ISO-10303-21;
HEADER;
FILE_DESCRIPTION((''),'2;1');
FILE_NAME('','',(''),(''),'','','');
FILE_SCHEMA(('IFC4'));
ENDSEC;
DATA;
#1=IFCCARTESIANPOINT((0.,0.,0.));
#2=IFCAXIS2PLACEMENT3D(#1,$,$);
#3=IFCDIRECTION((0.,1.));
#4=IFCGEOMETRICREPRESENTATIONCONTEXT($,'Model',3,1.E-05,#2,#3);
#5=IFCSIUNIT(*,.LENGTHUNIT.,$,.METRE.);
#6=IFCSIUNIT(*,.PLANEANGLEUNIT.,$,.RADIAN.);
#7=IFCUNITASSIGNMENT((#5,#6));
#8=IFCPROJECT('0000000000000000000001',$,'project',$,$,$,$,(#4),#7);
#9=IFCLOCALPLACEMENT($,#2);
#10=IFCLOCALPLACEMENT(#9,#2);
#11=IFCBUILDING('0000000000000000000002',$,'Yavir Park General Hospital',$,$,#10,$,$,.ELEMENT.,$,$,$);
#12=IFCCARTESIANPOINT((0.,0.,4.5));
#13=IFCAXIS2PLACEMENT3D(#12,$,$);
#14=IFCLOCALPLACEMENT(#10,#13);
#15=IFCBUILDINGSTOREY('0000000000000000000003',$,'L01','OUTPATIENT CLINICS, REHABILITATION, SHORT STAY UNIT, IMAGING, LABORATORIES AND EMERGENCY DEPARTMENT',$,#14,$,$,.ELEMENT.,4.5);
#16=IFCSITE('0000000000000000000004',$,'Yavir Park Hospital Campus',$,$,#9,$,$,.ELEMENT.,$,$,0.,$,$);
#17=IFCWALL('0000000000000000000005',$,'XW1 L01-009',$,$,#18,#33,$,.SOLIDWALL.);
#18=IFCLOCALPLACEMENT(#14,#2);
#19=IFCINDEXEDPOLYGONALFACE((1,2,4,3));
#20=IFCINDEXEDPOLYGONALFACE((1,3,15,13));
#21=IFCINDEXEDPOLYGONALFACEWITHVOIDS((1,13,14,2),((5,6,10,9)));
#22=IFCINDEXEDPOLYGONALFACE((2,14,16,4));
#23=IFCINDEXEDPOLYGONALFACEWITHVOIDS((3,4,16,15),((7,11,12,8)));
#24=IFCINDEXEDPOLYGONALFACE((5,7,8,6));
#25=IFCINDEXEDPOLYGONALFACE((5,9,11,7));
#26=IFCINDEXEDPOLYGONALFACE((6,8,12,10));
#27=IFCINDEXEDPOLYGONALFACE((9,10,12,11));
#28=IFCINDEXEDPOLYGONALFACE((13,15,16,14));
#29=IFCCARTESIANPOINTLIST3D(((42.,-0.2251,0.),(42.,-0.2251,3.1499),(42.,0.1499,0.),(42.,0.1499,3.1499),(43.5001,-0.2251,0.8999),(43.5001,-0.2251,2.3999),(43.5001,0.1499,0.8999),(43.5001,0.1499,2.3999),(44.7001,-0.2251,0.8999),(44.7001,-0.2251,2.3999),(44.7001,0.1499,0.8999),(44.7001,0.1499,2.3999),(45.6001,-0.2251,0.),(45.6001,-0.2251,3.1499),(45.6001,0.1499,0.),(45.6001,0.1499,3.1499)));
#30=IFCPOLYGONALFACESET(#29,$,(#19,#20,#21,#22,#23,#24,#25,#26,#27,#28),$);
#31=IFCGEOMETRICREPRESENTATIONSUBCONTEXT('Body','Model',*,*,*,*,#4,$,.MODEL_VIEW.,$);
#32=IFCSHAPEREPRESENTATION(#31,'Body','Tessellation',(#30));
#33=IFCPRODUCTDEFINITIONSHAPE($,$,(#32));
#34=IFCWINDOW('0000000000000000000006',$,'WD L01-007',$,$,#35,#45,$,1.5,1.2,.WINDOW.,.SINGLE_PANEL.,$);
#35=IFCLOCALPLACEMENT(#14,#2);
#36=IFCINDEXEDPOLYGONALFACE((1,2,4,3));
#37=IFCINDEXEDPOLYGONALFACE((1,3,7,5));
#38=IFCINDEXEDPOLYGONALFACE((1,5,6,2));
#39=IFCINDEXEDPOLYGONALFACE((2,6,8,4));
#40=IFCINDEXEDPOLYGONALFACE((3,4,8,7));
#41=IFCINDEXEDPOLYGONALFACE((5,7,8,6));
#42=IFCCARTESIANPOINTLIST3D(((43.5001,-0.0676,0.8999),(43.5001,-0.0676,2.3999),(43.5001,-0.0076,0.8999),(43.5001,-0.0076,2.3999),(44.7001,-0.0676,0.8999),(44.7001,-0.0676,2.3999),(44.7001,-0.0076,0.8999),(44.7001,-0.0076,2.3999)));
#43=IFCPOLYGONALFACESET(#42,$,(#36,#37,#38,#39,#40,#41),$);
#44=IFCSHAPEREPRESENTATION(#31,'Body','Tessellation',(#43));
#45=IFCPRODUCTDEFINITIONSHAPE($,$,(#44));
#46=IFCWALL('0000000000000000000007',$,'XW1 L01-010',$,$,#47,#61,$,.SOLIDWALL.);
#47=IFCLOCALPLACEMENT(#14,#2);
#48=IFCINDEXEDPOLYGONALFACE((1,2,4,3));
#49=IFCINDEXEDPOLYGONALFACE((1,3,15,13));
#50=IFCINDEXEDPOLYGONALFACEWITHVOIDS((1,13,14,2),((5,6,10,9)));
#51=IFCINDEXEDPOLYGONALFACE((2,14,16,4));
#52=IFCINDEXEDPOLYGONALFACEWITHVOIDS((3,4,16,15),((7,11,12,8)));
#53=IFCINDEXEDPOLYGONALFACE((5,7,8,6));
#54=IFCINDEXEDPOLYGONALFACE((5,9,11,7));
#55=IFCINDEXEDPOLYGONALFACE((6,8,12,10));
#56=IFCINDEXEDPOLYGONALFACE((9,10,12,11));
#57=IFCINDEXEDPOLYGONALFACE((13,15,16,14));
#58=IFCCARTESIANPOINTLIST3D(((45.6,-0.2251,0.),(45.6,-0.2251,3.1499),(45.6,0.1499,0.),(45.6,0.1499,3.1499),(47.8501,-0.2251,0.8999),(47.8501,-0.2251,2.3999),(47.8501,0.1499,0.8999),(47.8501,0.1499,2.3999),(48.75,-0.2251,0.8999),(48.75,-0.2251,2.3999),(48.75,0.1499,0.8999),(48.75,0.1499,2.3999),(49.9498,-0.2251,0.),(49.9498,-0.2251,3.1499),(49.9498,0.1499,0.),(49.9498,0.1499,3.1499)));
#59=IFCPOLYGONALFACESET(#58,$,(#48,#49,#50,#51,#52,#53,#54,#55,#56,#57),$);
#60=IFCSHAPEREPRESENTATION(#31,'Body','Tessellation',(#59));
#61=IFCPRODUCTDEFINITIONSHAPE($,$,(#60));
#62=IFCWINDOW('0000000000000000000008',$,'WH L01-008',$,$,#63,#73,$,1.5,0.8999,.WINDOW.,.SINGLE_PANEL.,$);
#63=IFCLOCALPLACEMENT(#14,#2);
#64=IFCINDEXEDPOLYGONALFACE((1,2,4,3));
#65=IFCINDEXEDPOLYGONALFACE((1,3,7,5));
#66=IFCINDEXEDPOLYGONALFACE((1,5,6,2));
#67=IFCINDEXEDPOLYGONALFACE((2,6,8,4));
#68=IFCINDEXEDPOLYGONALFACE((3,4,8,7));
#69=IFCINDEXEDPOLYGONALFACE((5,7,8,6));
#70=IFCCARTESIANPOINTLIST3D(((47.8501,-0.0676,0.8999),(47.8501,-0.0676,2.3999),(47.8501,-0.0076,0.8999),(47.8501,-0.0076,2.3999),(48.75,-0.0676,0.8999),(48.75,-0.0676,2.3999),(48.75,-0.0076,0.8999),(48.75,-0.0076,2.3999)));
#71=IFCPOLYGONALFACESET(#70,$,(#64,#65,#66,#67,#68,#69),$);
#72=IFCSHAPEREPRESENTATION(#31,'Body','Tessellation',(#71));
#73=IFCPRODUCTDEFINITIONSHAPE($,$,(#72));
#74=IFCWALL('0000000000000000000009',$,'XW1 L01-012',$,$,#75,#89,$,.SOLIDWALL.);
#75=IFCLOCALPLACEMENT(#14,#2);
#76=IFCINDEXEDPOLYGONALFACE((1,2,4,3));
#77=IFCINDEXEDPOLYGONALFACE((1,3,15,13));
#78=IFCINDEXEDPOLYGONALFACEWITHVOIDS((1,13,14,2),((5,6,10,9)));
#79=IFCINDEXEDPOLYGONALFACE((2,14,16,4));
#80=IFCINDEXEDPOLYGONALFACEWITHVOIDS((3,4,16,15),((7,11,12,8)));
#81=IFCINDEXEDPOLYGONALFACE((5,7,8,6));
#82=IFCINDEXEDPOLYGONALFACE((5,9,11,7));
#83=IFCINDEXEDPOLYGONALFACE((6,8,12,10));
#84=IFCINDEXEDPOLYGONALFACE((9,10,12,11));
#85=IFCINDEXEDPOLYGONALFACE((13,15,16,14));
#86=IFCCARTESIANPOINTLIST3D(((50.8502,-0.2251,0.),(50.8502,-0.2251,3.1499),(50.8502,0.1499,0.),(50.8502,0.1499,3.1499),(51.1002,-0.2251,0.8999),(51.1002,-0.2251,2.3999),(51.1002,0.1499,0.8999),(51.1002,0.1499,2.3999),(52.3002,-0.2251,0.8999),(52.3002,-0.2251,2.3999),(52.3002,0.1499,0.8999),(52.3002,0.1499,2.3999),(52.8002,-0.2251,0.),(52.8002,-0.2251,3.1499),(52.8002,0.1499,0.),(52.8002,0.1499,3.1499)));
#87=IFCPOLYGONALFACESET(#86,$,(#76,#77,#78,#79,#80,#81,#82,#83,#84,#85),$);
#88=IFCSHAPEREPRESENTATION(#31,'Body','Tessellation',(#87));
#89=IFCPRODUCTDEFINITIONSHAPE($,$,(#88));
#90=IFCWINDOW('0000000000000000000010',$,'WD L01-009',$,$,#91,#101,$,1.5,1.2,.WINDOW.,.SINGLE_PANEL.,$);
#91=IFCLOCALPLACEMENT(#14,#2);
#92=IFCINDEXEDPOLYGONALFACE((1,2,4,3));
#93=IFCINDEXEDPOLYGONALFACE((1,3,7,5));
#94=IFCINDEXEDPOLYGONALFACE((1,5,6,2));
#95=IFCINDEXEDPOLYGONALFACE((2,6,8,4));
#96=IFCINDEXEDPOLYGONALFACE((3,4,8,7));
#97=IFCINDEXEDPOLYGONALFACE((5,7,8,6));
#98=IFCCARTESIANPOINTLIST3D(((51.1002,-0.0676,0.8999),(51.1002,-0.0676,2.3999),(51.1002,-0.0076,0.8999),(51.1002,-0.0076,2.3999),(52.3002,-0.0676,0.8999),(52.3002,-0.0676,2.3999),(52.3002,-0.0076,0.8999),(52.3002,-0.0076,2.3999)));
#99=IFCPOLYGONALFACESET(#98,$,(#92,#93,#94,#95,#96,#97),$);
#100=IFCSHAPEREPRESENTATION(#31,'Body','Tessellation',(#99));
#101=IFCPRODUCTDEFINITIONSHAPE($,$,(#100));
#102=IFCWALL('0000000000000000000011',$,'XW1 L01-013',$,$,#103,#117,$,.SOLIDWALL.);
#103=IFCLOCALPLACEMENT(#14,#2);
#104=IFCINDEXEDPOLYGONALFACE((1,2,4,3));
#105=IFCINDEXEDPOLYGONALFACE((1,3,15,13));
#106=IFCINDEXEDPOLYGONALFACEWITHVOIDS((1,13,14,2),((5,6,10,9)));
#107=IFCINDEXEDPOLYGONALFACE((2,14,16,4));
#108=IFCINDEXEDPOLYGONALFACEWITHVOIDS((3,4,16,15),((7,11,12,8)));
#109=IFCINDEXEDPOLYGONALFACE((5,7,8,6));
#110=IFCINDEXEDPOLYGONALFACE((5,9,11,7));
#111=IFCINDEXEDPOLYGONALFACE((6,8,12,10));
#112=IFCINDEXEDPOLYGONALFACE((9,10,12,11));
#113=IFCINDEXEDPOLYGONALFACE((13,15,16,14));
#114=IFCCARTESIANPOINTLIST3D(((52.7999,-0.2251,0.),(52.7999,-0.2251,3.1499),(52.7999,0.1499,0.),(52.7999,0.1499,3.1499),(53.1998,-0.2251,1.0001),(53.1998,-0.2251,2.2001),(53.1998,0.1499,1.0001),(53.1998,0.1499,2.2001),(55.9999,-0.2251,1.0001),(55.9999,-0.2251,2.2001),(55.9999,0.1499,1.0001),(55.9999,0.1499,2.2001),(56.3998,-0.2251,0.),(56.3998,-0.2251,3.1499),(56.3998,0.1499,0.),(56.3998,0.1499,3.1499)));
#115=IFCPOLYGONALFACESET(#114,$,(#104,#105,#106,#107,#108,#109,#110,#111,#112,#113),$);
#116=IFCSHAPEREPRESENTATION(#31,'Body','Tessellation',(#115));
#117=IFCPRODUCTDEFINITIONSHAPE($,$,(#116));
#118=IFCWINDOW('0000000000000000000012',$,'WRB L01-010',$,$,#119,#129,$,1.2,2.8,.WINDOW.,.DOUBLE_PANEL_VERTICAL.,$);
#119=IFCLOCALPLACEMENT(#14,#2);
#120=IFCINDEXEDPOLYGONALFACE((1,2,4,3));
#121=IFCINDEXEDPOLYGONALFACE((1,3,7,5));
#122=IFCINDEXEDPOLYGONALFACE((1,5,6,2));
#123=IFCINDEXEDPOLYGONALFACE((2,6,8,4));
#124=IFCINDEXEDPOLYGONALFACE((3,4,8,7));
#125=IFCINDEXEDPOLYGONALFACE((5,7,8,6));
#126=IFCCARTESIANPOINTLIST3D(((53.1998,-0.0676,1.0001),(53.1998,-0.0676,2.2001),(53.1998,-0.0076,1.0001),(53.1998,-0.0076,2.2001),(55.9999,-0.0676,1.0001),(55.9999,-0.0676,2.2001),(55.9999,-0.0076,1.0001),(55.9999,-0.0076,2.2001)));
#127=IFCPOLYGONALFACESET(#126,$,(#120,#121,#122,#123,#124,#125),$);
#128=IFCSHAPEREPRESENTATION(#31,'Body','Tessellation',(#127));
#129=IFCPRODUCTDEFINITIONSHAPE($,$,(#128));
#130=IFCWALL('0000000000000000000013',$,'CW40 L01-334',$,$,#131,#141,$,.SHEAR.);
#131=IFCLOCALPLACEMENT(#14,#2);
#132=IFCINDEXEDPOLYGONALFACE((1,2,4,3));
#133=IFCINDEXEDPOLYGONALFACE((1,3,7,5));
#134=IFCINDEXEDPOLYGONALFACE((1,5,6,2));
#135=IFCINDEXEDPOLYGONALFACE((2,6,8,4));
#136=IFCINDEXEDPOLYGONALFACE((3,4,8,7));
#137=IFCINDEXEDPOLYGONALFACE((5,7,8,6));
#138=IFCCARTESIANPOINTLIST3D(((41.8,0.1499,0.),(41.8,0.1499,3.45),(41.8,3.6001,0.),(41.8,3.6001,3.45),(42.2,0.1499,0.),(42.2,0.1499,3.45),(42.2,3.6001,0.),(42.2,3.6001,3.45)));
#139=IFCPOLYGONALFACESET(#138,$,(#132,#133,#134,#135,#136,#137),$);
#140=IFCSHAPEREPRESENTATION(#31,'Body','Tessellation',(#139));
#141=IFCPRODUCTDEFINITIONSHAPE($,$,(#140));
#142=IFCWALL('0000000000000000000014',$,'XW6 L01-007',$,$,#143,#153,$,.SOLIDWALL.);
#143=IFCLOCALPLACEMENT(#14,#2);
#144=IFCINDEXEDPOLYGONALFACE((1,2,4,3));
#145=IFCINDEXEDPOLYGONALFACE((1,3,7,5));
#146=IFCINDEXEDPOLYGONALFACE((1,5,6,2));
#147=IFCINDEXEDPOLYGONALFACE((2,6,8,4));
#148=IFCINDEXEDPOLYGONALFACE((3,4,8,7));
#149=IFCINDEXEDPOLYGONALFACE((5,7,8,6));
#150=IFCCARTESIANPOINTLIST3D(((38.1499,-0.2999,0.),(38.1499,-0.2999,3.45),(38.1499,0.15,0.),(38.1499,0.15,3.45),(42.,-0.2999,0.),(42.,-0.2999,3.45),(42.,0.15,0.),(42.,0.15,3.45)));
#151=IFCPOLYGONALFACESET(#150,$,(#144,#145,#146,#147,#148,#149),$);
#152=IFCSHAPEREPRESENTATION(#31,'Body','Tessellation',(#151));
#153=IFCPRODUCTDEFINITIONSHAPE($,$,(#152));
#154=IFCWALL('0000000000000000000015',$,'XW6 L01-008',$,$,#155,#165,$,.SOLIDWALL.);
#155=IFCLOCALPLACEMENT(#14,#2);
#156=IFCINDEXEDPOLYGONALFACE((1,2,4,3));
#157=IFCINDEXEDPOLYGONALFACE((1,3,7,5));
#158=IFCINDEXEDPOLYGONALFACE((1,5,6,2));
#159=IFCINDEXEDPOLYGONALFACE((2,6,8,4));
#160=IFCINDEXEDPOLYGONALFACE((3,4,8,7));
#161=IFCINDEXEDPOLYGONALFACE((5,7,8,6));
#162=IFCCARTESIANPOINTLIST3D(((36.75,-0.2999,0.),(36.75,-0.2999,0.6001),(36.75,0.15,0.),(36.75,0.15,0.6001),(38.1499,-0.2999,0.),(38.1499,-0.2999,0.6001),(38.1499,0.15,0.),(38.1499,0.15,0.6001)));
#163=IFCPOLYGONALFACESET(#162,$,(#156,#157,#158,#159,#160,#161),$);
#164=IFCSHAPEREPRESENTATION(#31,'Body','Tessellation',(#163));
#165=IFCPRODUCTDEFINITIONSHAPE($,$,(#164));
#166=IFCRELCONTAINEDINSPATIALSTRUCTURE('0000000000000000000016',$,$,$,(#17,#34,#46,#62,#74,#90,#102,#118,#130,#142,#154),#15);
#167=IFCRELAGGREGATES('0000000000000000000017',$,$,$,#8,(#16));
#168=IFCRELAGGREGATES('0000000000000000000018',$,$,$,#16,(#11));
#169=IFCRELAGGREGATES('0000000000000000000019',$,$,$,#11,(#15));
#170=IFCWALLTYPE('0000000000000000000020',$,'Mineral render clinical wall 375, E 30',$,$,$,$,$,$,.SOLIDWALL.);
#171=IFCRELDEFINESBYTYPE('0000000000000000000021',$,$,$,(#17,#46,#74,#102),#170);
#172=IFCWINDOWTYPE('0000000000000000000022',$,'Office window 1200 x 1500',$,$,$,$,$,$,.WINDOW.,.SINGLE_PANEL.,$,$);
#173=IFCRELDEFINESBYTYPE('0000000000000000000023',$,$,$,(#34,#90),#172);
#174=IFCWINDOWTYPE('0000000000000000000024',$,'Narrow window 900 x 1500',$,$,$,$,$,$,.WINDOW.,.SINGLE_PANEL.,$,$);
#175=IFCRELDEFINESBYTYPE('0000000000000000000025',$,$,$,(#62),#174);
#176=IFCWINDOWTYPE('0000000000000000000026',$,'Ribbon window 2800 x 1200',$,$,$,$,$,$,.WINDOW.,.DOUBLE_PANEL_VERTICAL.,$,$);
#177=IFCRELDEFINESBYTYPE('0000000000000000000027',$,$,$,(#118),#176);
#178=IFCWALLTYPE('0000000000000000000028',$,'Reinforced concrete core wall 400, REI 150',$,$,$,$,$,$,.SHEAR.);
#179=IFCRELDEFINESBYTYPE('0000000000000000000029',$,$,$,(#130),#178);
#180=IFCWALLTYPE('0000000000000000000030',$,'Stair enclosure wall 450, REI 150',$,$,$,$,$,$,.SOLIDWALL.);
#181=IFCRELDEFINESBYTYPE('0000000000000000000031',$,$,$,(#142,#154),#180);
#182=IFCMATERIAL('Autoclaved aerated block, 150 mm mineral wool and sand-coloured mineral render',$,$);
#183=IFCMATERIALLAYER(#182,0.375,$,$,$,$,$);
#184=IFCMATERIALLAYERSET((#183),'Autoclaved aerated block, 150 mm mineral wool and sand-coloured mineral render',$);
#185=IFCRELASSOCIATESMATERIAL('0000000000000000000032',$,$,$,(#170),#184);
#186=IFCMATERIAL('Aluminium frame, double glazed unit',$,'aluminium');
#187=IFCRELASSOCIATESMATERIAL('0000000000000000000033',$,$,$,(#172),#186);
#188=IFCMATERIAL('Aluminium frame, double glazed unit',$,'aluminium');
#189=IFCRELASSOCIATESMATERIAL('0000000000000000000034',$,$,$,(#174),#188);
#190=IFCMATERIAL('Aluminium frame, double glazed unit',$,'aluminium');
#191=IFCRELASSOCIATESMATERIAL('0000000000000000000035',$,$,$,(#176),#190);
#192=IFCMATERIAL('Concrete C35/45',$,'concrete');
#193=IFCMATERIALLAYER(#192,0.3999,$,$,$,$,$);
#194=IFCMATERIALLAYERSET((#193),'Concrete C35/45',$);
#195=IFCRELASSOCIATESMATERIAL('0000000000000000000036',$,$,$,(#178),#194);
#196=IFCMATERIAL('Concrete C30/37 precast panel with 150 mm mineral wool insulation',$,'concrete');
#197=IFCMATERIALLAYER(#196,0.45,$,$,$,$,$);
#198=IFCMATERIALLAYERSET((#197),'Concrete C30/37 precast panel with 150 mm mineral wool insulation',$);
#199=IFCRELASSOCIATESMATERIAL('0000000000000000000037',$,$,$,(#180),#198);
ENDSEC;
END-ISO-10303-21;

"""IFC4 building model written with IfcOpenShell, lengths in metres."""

from ifc_helpers import new_model, si_unit, direction, frame, frame_2d, origin, place, context, subcontext, project, spatial, rectangle, extrude, material, layer, layer_set, type_object, element, fill, save


model = new_model("IFC4")

# Units and contexts
model_context = context("Model", 3, precision=1e-05, world=origin(), true_north=direction((0.0, 1.0)))
body_context = subcontext(model_context, "Body", "Model", "MODEL_VIEW")
ifc_project = project(units=[si_unit("LENGTHUNIT", "METRE"), si_unit("PLANEANGLEUNIT", "RADIAN")], contexts=[model_context])

# Site, building, storey
site_placement = place(None, origin())
site = spatial("IfcSite", under=ifc_project, at=site_placement, Name="Yavir Park Hospital Campus", CompositionType="ELEMENT", RefElevation=0.0)
building_placement = place(site_placement, origin())
building = spatial("IfcBuilding", under=site, at=building_placement, Name="Yavir Park General Hospital", CompositionType="ELEMENT")
storey_placement = place(building_placement, frame((0.0, 0.0, 4.5)))
storey = spatial("IfcBuildingStorey", under=building, at=storey_placement, Name="L01", Description="OUTPATIENT CLINICS, REHABILITATION, SHORT STAY UNIT, IMAGING, LABORATORIES AND EMERGENCY DEPARTMENT", CompositionType="ELEMENT", Elevation=4.5)

# Walls, openings, windows
ifc_material_1 = material(Name="Autoclaved aerated block, 150 mm mineral wool and sand-coloured mineral render")
ifc_layer_1 = layer(ifc_material_1, 0.375)
ifc_layer_set_1 = layer_set([ifc_layer_1], Name="Autoclaved aerated block, 150 mm mineral wool and sand-coloured mineral render")
wall_type_1 = type_object("IfcWallType", Name="Mineral render clinical wall 375, E 30", PredefinedType="SOLIDWALL", material=ifc_layer_set_1)
wall_1_placement = place(storey_placement, frame((42.0, -0.0376, 0.0), z_axis=(0.0, 0.0, 1.0), x_axis=(1.0, 0.0, 0.0)))
wall_1 = element("IfcWall", 1, at=wall_1_placement, inside=storey, type_object=wall_type_1, Name="XW1 L01-009", PredefinedType="SOLIDWALL", context=body_context, shape_type="SweptSolid", body=[
    extrude(rectangle(XDim=3.6001, YDim=0.375, at=frame_2d((1.8, 0.0))), origin(), (0.0, 0.0, 1.0), 3.1499),
])
opening_1_placement = place(wall_1_placement, frame((1.5, 0.0, 0.8999)))
opening_1 = element("IfcOpeningElement", 2, at=opening_1_placement, cuts=wall_1, PredefinedType="OPENING", context=body_context, shape_type="SweptSolid", body=[
    extrude(rectangle(XDim=1.2, YDim=1.5, at=frame_2d((0.6001, 0.75))), frame((0.0, 0.1975, 0.0), z_axis=(0.0, -1.0, 0.0), x_axis=(1.0, 0.0, 0.0)), (0.0, 0.0, 1.0), 0.395),
])
ifc_material_2 = material(Name="Aluminium frame, double glazed unit", Category="aluminium")
window_type_1 = type_object("IfcWindowType", Name="Office window 1200 x 1500", PartitioningType="SINGLE_PANEL", PredefinedType="WINDOW", material=ifc_material_2)
window_1_placement = place(opening_1_placement, origin())
window_1 = element("IfcWindow", 3, at=window_1_placement, inside=storey, type_object=window_type_1, Name="WD L01-007", OverallHeight=1.5, OverallWidth=1.2, PartitioningType="SINGLE_PANEL", PredefinedType="WINDOW", context=body_context, shape_type="SweptSolid", body=[
    extrude(rectangle(XDim=1.2, YDim=1.5, at=frame_2d((0.6001, 0.75))), frame((0.0, 0.03, 0.0), z_axis=(0.0, -1.0, 0.0), x_axis=(1.0, 0.0, 0.0)), (0.0, 0.0, 1.0), 0.0601),
])
fill(opening_1, window_1)
wall_2_placement = place(storey_placement, frame((45.6001, -0.0376, 0.0), z_axis=(0.0, 0.0, 1.0), x_axis=(1.0, 0.0, 0.0)))
wall_2 = element("IfcWall", 4, at=wall_2_placement, inside=storey, type_object=wall_type_1, Name="XW1 L01-010", PredefinedType="SOLIDWALL", context=body_context, shape_type="SweptSolid", body=[
    extrude(rectangle(XDim=4.3499, YDim=0.375, at=frame_2d((2.1748, 0.0))), origin(), (0.0, 0.0, 1.0), 3.1499),
])
opening_2_placement = place(wall_2_placement, frame((2.25, 0.0, 0.8999)))
opening_2 = element("IfcOpeningElement", 5, at=opening_2_placement, cuts=wall_2, PredefinedType="OPENING", context=body_context, shape_type="SweptSolid", body=[
    extrude(rectangle(XDim=0.8999, YDim=1.5, at=frame_2d((0.45, 0.75))), frame((0.0, 0.1975, 0.0), z_axis=(0.0, -1.0, 0.0), x_axis=(1.0, 0.0, 0.0)), (0.0, 0.0, 1.0), 0.395),
])
ifc_material_3 = material(Name="Aluminium frame, double glazed unit", Category="aluminium")
window_type_2 = type_object("IfcWindowType", Name="Narrow window 900 x 1500", PartitioningType="SINGLE_PANEL", PredefinedType="WINDOW", material=ifc_material_3)
window_2_placement = place(opening_2_placement, origin())
window_2 = element("IfcWindow", 6, at=window_2_placement, inside=storey, type_object=window_type_2, Name="WH L01-008", OverallHeight=1.5, OverallWidth=0.8999, PartitioningType="SINGLE_PANEL", PredefinedType="WINDOW", context=body_context, shape_type="SweptSolid", body=[
    extrude(rectangle(XDim=0.8999, YDim=1.5, at=frame_2d((0.45, 0.75))), frame((0.0, 0.03, 0.0), z_axis=(0.0, -1.0, 0.0), x_axis=(1.0, 0.0, 0.0)), (0.0, 0.0, 1.0), 0.0601),
])
fill(opening_2, window_2)
wall_3_placement = place(storey_placement, frame((50.8501, -0.0376, 0.0), z_axis=(0.0, 0.0, 1.0), x_axis=(1.0, 0.0, 0.0)))
wall_3 = element("IfcWall", 7, at=wall_3_placement, inside=storey, type_object=wall_type_1, Name="XW1 L01-012", PredefinedType="SOLIDWALL", context=body_context, shape_type="SweptSolid", body=[
    extrude(rectangle(XDim=1.95, YDim=0.375, at=frame_2d((0.9751, 0.0))), origin(), (0.0, 0.0, 1.0), 3.1499),
])
opening_3_placement = place(wall_3_placement, frame((0.25, 0.0, 0.8999)))
opening_3 = element("IfcOpeningElement", 8, at=opening_3_placement, cuts=wall_3, PredefinedType="OPENING", context=body_context, shape_type="SweptSolid", body=[
    extrude(rectangle(XDim=1.2, YDim=1.5, at=frame_2d((0.6001, 0.75))), frame((0.0, 0.1975, 0.0), z_axis=(0.0, -1.0, 0.0), x_axis=(1.0, 0.0, 0.0)), (0.0, 0.0, 1.0), 0.395),
])
window_3_placement = place(opening_3_placement, origin())
window_3 = element("IfcWindow", 9, at=window_3_placement, inside=storey, type_object=window_type_1, Name="WD L01-009", OverallHeight=1.5, OverallWidth=1.2, PartitioningType="SINGLE_PANEL", PredefinedType="WINDOW", context=body_context, shape_type="SweptSolid", body=[
    extrude(rectangle(XDim=1.2, YDim=1.5, at=frame_2d((0.6001, 0.75))), frame((0.0, 0.03, 0.0), z_axis=(0.0, -1.0, 0.0), x_axis=(1.0, 0.0, 0.0)), (0.0, 0.0, 1.0), 0.0601),
])
fill(opening_3, window_3)
wall_4_placement = place(storey_placement, frame((52.8, -0.0376, 0.0), z_axis=(0.0, 0.0, 1.0), x_axis=(1.0, 0.0, 0.0)))
wall_4 = element("IfcWall", 10, at=wall_4_placement, inside=storey, type_object=wall_type_1, Name="XW1 L01-013", PredefinedType="SOLIDWALL", context=body_context, shape_type="SweptSolid", body=[
    extrude(rectangle(XDim=3.5999, YDim=0.375, at=frame_2d((1.7998, 0.0))), origin(), (0.0, 0.0, 1.0), 3.1499),
])
opening_4_placement = place(wall_4_placement, frame((0.3999, 0.0, 1.0)))
opening_4 = element("IfcOpeningElement", 11, at=opening_4_placement, cuts=wall_4, PredefinedType="OPENING", context=body_context, shape_type="SweptSolid", body=[
    extrude(rectangle(XDim=2.8, YDim=1.2, at=frame_2d((1.3999, 0.6001))), frame((0.0, 0.1975, 0.0), z_axis=(0.0, -1.0, 0.0), x_axis=(1.0, 0.0, 0.0)), (0.0, 0.0, 1.0), 0.395),
])
ifc_material_4 = material(Name="Aluminium frame, double glazed unit", Category="aluminium")
window_type_3 = type_object("IfcWindowType", Name="Ribbon window 2800 x 1200", PartitioningType="DOUBLE_PANEL_VERTICAL", PredefinedType="WINDOW", material=ifc_material_4)
window_4_placement = place(opening_4_placement, origin())
window_4 = element("IfcWindow", 12, at=window_4_placement, inside=storey, type_object=window_type_3, Name="WRB L01-010", OverallHeight=1.2, OverallWidth=2.8, PartitioningType="DOUBLE_PANEL_VERTICAL", PredefinedType="WINDOW", context=body_context, shape_type="SweptSolid", body=[
    extrude(rectangle(XDim=2.8, YDim=1.2, at=frame_2d((1.3999, 0.6001))), frame((0.0, 0.03, 0.0), z_axis=(0.0, -1.0, 0.0), x_axis=(1.0, 0.0, 0.0)), (0.0, 0.0, 1.0), 0.0601),
])
fill(opening_4, window_4)

# Walls
ifc_material_5 = material(Name="Concrete C35/45", Category="concrete")
ifc_layer_2 = layer(ifc_material_5, 0.3999)
ifc_layer_set_2 = layer_set([ifc_layer_2], Name="Concrete C35/45")
wall_type_2 = type_object("IfcWallType", Name="Reinforced concrete core wall 400, REI 150", PredefinedType="SHEAR", material=ifc_layer_set_2)
wall_5_placement = place(storey_placement, frame((42.0, 0.1499, 0.0), z_axis=(0.0, 0.0, 1.0), x_axis=(0.0, 1.0, 0.0)))
element("IfcWall", 13, at=wall_5_placement, inside=storey, type_object=wall_type_2, Name="CW40 L01-334", PredefinedType="SHEAR", context=body_context, shape_type="SweptSolid", body=[
    extrude(rectangle(XDim=3.4502, YDim=0.3999, at=frame_2d((1.7251, 0.0))), origin(), (0.0, 0.0, 1.0), 3.45),
])
ifc_material_6 = material(Name="Concrete C30/37 precast panel with 150 mm mineral wool insulation", Category="concrete")
ifc_layer_3 = layer(ifc_material_6, 0.45)
ifc_layer_set_3 = layer_set([ifc_layer_3], Name="Concrete C30/37 precast panel with 150 mm mineral wool insulation")
wall_type_3 = type_object("IfcWallType", Name="Stair enclosure wall 450, REI 150", PredefinedType="SOLIDWALL", material=ifc_layer_set_3)
wall_6_placement = place(storey_placement, frame((38.1499, -0.075, 0.0), z_axis=(0.0, 0.0, 1.0), x_axis=(1.0, 0.0, 0.0)))
element("IfcWall", 14, at=wall_6_placement, inside=storey, type_object=wall_type_3, Name="XW6 L01-007", PredefinedType="SOLIDWALL", context=body_context, shape_type="SweptSolid", body=[
    extrude(rectangle(XDim=3.8501, YDim=0.45, at=frame_2d((1.925, 0.0))), origin(), (0.0, 0.0, 1.0), 3.45),
])
wall_7_placement = place(storey_placement, frame((36.75, -0.075, 0.0), z_axis=(0.0, 0.0, 1.0), x_axis=(1.0, 0.0, 0.0)))
element("IfcWall", 15, at=wall_7_placement, inside=storey, type_object=wall_type_3, Name="XW6 L01-008", PredefinedType="SOLIDWALL", context=body_context, shape_type="SweptSolid", body=[
    extrude(rectangle(XDim=1.3999, YDim=0.45, at=frame_2d((0.7, 0.0))), origin(), (0.0, 0.0, 1.0), 0.6001),
])

save(model, "model.ifc")
